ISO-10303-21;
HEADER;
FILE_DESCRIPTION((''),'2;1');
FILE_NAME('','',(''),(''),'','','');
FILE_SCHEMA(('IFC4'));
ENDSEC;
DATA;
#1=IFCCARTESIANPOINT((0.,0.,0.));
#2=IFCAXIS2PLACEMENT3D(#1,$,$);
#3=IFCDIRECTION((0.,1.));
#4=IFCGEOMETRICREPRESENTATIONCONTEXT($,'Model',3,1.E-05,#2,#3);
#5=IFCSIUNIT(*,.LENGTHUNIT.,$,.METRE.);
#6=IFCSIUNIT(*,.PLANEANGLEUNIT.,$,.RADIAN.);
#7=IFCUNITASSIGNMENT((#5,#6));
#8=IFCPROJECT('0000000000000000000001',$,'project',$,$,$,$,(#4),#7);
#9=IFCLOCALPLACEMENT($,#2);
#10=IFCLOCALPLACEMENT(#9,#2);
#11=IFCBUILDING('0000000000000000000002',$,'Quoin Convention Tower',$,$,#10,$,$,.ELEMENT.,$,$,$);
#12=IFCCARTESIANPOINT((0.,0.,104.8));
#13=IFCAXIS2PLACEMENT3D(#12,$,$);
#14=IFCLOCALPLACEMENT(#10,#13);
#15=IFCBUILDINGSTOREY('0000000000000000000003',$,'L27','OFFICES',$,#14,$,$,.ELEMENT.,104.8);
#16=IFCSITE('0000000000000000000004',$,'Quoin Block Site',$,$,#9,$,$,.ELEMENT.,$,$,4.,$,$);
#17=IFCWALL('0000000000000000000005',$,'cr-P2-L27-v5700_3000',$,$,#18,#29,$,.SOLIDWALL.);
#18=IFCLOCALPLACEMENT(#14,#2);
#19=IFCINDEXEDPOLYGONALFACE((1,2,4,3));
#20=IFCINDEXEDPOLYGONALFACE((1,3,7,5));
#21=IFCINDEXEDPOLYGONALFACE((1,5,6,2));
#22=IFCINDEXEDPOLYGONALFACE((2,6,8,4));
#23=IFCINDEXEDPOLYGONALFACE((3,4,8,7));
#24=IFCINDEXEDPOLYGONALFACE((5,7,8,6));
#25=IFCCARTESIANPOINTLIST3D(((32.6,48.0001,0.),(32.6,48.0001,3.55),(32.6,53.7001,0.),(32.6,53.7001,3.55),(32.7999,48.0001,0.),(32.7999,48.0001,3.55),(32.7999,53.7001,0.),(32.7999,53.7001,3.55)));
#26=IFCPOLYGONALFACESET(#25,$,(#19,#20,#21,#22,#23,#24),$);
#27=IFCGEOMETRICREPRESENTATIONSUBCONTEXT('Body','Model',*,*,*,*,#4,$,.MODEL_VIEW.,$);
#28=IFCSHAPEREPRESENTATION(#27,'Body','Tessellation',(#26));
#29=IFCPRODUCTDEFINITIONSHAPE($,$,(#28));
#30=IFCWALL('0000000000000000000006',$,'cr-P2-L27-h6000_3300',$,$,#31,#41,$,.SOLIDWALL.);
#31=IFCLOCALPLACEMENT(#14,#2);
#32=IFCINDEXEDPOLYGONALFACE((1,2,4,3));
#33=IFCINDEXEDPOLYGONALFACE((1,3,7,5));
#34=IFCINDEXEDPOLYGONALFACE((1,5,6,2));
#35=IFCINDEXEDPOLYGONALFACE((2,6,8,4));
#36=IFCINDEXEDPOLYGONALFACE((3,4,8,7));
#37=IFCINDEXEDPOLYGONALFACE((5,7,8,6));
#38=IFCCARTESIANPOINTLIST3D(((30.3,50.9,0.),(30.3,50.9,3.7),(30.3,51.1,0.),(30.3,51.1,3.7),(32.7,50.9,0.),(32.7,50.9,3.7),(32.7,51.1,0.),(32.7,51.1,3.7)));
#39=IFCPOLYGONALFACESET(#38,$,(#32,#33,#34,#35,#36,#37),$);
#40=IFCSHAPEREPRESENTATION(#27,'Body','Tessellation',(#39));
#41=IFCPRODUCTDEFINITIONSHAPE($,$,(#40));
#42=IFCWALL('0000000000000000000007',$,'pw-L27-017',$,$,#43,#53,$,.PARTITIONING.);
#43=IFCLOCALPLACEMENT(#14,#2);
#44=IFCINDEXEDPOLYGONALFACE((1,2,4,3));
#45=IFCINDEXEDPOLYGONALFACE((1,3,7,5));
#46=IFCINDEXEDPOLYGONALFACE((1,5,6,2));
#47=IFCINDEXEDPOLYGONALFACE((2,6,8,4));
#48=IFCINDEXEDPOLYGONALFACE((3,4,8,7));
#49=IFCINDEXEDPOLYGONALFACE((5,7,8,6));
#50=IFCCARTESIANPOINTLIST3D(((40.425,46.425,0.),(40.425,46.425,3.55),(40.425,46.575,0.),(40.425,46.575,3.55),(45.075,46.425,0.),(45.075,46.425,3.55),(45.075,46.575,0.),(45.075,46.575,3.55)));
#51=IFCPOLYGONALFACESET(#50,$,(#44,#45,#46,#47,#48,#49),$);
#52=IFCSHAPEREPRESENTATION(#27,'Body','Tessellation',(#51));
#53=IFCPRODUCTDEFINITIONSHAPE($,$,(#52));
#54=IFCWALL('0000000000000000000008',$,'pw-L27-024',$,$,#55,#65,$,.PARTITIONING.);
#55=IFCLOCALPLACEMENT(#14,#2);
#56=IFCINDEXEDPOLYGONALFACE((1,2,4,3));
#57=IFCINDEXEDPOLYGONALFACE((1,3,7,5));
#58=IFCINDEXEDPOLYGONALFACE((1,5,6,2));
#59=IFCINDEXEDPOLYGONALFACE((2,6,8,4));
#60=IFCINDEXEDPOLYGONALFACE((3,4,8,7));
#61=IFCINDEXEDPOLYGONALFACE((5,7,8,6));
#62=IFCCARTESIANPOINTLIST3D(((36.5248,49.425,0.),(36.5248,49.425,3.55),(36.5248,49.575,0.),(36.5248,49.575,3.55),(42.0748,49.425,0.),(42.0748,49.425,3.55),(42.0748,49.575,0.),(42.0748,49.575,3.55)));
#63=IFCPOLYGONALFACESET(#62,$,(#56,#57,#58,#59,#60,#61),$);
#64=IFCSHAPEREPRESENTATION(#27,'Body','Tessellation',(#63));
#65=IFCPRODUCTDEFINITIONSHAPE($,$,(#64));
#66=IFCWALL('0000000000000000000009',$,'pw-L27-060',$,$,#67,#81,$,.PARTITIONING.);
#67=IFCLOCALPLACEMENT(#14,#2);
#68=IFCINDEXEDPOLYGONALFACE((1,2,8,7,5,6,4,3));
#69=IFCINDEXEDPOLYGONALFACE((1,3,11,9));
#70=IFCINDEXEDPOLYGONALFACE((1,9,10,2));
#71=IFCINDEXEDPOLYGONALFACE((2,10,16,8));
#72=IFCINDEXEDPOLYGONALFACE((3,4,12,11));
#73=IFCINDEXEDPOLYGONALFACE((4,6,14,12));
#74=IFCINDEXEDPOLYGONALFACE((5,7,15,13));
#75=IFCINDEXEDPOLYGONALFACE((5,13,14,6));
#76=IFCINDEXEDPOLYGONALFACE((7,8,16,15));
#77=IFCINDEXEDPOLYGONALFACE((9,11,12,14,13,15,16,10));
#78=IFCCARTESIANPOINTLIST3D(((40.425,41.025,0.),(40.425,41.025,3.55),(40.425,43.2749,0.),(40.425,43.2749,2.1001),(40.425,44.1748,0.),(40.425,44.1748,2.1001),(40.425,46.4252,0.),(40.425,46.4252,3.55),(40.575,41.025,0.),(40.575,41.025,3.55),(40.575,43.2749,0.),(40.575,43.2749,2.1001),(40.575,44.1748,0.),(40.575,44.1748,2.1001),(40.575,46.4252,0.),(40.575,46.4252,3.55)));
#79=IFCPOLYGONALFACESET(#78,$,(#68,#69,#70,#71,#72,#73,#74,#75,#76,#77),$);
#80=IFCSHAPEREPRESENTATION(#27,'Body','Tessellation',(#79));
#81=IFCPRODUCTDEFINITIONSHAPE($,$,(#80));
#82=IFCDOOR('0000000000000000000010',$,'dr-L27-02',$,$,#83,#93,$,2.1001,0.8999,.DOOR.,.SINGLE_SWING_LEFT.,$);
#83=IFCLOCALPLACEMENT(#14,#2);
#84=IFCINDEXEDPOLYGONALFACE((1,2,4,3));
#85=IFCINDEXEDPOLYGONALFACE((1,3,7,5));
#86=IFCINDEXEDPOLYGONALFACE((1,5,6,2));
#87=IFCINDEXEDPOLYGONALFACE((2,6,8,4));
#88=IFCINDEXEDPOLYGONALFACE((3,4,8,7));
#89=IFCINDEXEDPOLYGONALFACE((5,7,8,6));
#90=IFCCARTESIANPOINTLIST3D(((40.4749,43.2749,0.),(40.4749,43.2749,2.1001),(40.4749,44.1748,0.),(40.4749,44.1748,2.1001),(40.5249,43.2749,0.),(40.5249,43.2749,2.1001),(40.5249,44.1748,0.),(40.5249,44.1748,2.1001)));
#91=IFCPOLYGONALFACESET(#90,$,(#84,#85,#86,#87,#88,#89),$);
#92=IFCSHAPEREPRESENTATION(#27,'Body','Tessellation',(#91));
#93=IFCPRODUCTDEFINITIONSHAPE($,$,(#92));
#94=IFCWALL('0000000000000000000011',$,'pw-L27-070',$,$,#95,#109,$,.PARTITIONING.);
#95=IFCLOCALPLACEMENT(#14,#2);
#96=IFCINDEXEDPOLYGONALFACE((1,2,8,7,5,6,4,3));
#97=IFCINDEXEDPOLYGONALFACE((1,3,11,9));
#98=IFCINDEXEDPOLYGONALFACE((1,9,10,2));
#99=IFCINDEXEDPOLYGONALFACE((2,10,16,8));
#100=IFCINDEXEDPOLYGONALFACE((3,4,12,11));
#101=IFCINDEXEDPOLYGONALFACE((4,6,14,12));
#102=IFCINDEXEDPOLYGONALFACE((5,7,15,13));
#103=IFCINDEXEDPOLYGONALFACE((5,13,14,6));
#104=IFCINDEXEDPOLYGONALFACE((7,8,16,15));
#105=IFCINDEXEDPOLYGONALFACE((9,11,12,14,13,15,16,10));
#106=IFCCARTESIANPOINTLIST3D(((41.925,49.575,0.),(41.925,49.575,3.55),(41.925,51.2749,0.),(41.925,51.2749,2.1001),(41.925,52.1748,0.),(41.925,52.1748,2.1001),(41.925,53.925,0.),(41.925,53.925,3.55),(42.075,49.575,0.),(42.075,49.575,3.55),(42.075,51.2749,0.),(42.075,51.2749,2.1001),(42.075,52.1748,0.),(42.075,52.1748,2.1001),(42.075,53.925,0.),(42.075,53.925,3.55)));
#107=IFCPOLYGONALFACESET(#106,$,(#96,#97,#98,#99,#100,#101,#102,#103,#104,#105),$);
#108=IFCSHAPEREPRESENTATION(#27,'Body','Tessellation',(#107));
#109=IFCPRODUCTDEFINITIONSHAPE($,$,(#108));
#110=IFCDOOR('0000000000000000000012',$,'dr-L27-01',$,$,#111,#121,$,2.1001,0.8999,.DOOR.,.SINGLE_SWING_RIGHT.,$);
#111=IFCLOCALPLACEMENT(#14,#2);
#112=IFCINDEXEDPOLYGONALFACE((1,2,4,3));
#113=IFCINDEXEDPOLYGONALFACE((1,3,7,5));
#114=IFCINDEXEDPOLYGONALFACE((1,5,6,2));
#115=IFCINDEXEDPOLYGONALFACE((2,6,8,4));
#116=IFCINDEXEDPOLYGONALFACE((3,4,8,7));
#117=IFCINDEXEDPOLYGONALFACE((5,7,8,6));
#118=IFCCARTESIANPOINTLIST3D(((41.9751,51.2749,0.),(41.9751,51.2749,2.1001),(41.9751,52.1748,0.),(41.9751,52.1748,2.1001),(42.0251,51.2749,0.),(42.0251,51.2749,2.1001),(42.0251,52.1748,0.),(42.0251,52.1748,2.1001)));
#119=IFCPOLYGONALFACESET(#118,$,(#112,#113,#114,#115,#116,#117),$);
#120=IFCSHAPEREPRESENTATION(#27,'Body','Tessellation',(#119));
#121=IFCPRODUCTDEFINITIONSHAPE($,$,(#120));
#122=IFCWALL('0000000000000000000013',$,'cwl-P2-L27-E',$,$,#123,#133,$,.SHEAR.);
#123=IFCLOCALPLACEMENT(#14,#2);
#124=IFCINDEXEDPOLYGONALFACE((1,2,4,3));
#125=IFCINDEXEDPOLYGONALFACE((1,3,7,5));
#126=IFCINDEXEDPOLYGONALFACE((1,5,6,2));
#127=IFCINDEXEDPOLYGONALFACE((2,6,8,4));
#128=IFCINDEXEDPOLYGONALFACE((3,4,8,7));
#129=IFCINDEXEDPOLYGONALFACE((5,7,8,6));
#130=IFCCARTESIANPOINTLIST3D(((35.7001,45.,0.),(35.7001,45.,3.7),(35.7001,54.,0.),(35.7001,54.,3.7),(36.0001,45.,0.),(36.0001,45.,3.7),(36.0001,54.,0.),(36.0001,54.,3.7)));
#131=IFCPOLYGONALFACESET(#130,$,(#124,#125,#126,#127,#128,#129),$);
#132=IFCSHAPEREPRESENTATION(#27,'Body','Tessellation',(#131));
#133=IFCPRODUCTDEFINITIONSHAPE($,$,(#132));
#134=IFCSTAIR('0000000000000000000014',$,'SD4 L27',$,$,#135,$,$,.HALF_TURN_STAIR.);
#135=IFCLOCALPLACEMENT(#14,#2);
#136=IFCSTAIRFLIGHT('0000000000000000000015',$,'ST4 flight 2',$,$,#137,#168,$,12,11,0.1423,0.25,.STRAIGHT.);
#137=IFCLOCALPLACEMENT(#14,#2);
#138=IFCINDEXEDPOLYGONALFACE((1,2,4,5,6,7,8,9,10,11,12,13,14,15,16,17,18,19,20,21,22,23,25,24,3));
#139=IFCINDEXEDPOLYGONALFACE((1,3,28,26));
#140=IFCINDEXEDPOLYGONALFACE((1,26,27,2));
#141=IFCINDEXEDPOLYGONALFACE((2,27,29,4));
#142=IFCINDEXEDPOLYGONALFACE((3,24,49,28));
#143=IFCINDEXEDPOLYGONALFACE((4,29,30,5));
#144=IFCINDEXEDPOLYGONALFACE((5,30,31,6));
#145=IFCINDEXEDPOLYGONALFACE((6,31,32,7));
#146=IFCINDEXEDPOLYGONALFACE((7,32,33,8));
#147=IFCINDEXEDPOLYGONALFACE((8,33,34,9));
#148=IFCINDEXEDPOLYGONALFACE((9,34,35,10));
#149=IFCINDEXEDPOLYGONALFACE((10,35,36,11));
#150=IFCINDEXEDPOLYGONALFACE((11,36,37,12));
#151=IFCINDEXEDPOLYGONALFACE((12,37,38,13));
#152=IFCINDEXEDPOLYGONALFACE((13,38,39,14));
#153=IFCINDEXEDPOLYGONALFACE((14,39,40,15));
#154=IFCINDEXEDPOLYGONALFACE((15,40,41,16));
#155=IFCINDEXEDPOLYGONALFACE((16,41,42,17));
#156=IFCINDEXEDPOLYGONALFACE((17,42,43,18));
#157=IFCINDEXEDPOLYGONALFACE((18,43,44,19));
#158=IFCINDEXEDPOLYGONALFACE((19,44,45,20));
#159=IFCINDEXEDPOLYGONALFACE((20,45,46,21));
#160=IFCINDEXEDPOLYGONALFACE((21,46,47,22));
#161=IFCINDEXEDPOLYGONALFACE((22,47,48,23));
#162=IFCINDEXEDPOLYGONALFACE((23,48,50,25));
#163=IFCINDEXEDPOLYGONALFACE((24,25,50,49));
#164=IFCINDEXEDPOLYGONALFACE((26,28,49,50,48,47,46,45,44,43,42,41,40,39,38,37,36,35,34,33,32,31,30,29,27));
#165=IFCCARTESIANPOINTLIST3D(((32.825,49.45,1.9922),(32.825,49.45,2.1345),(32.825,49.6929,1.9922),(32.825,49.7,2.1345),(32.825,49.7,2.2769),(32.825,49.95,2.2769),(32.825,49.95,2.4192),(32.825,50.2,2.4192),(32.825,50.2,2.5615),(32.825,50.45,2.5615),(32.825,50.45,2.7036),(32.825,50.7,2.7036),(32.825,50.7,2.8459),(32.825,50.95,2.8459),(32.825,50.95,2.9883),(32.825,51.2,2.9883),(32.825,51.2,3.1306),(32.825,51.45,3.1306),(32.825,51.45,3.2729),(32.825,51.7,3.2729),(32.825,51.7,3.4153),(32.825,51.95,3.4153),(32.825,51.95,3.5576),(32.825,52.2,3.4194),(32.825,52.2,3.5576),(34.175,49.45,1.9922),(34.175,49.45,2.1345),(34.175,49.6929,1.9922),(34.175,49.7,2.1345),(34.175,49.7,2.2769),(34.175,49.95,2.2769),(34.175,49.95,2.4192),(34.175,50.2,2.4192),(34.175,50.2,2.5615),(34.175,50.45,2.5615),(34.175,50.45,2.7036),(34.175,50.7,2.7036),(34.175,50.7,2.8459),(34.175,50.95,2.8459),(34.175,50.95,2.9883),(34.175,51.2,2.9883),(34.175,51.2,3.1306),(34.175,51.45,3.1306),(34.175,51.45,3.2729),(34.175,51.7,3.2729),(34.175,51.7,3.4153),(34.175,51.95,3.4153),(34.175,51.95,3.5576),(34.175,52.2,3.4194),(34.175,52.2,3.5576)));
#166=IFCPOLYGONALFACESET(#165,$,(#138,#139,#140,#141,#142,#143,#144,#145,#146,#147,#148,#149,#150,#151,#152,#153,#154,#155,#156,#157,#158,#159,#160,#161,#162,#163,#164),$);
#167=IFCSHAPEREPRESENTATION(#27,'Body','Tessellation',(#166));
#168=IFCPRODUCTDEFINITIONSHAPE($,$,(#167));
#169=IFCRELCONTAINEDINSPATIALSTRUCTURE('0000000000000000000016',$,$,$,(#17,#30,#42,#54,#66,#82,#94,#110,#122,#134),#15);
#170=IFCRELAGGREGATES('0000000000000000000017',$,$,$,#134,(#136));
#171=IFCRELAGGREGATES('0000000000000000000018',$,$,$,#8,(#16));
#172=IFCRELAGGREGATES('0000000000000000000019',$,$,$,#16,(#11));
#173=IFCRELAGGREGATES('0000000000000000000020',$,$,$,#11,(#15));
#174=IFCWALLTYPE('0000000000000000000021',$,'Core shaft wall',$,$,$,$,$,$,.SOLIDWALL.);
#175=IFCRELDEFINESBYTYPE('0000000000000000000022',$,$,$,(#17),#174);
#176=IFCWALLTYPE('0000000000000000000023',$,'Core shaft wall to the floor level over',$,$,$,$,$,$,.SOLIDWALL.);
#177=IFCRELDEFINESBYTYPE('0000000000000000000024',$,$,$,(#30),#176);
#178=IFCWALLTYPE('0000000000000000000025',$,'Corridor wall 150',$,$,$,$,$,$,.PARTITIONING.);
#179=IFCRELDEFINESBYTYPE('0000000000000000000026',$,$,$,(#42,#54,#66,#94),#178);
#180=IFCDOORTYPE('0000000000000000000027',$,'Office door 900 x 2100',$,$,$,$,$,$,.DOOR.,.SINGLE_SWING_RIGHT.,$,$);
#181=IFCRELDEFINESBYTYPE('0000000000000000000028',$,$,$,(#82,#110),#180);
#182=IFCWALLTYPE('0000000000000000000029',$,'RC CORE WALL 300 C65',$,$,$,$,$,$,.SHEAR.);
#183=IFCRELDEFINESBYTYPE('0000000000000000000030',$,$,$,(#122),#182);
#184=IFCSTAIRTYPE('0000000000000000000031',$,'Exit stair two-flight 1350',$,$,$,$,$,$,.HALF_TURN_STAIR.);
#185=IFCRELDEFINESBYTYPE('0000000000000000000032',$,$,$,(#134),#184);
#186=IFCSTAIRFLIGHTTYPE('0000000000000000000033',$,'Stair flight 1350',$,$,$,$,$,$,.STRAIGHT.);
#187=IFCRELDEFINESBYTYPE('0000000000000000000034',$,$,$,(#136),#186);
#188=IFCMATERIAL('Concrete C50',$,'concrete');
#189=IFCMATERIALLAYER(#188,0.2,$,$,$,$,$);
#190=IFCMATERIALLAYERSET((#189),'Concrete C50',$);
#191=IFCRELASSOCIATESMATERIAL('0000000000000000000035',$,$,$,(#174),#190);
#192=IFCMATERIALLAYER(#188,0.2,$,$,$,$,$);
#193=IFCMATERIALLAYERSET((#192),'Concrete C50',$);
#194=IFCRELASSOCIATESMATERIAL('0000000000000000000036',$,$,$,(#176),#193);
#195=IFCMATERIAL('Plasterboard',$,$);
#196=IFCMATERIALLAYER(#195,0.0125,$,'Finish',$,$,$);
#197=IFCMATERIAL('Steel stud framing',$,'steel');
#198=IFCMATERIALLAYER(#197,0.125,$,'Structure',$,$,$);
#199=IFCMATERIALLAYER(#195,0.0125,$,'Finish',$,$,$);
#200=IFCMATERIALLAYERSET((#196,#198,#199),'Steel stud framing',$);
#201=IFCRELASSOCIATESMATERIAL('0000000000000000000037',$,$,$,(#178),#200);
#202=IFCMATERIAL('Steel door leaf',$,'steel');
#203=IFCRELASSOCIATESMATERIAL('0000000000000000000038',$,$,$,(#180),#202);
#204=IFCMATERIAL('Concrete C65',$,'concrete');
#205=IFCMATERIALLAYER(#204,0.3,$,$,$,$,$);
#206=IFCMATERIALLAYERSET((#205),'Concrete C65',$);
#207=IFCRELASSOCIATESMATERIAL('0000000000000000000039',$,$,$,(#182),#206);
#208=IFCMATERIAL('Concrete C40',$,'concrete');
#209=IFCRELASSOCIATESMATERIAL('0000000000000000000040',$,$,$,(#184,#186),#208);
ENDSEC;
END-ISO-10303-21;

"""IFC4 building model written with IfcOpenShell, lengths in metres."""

from ifc_helpers import new_model, si_unit, direction, frame, frame_2d, origin, place, context, subcontext, project, spatial, polyline, rectangle, outline, extrude, material, layer, layer_set, type_object, element, fill, aggregate, save


model = new_model("IFC4")

# Units and contexts
model_context = context("Model", 3, precision=1e-05, world=origin(), true_north=direction((0.0, 1.0)))
body_context = subcontext(model_context, "Body", "Model", "MODEL_VIEW")
ifc_project = project(units=[si_unit("LENGTHUNIT", "METRE"), si_unit("PLANEANGLEUNIT", "RADIAN")], contexts=[model_context])

# Site, building, storey
site_placement = place(None, origin())
site = spatial("IfcSite", under=ifc_project, at=site_placement, Name="Quoin Block Site", CompositionType="ELEMENT", RefElevation=4.0)
building_placement = place(site_placement, origin())
building = spatial("IfcBuilding", under=site, at=building_placement, Name="Quoin Convention Tower", CompositionType="ELEMENT")
storey_placement = place(building_placement, frame((0.0, 0.0, 104.8)))
storey = spatial("IfcBuildingStorey", under=building, at=storey_placement, Name="L27", Description="OFFICES", CompositionType="ELEMENT", Elevation=104.8)

# Shared definitions
ifc_material_1 = material(Name="Concrete C65", Category="concrete")

# Walls
ifc_material_2 = material(Name="Concrete C50", Category="concrete")
ifc_layer_1 = layer(ifc_material_2, 0.2)
ifc_layer_set_1 = layer_set([ifc_layer_1], Name="Concrete C50")
wall_type_1 = type_object("IfcWallType", Name="Core shaft wall", PredefinedType="SOLIDWALL", material=ifc_layer_set_1)
wall_1_placement = place(storey_placement, frame((32.7, 48.0, 0.0), z_axis=(0.0, 0.0, 1.0), x_axis=(0.0, 1.0, 0.0)))
element("IfcWall", 1, at=wall_1_placement, inside=storey, type_object=wall_type_1, Name="cr-P2-L27-v5700_3000", PredefinedType="SOLIDWALL", context=body_context, shape_type="SweptSolid", body=[
    extrude(rectangle(XDim=5.7, YDim=0.2, at=frame_2d((2.8501, 0.0))), origin(), (0.0, 0.0, 1.0), 3.55),
])
ifc_layer_2 = layer(ifc_material_2, 0.2)
ifc_layer_set_2 = layer_set([ifc_layer_2], Name="Concrete C50")
wall_type_2 = type_object("IfcWallType", Name="Core shaft wall to the floor level over", PredefinedType="SOLIDWALL", material=ifc_layer_set_2)
wall_2_placement = place(storey_placement, frame((30.3, 51.0, 0.0), z_axis=(0.0, 0.0, 1.0), x_axis=(1.0, 0.0, 0.0)))
element("IfcWall", 2, at=wall_2_placement, inside=storey, type_object=wall_type_2, Name="cr-P2-L27-h6000_3300", PredefinedType="SOLIDWALL", context=body_context, shape_type="SweptSolid", body=[
    extrude(rectangle(XDim=2.3999, YDim=0.2, at=frame_2d((1.2, 0.0))), origin(), (0.0, 0.0, 1.0), 3.7),
])
ifc_material_3 = material(Name="Plasterboard")
ifc_layer_3 = layer(ifc_material_3, 0.0125, Name="Finish")
ifc_material_4 = material(Name="Steel stud framing", Category="steel")
ifc_layer_4 = layer(ifc_material_4, 0.125, Name="Structure")
ifc_layer_5 = layer(ifc_material_3, 0.0125, Name="Finish")
ifc_layer_set_3 = layer_set([ifc_layer_3, ifc_layer_4, ifc_layer_5], Name="Steel stud framing")
wall_type_3 = type_object("IfcWallType", Name="Corridor wall 150", PredefinedType="PARTITIONING", material=ifc_layer_set_3)
wall_3_placement = place(storey_placement, frame((40.425, 46.5, 0.0), z_axis=(0.0, 0.0, 1.0), x_axis=(1.0, 0.0, 0.0)))
element("IfcWall", 3, at=wall_3_placement, inside=storey, type_object=wall_type_3, Name="pw-L27-017", PredefinedType="PARTITIONING", context=body_context, shape_type="SweptSolid", body=[
    extrude(rectangle(XDim=4.6499, YDim=0.1499, at=frame_2d((2.325, 0.0))), origin(), (0.0, 0.0, 1.0), 3.55),
])
wall_4_placement = place(storey_placement, frame((36.5249, 49.5, 0.0), z_axis=(0.0, 0.0, 1.0), x_axis=(1.0, 0.0, 0.0)))
element("IfcWall", 4, at=wall_4_placement, inside=storey, type_object=wall_type_3, Name="pw-L27-024", PredefinedType="PARTITIONING", context=body_context, shape_type="SweptSolid", body=[
    extrude(rectangle(XDim=5.55, YDim=0.1499, at=frame_2d((2.7749, 0.0))), origin(), (0.0, 0.0, 1.0), 3.55),
])

# Walls, openings, doors
wall_5_placement = place(storey_placement, frame((40.5, 41.0249, 0.0), z_axis=(0.0, 0.0, 1.0), x_axis=(0.0, 1.0, 0.0)))
wall_5 = element("IfcWall", 5, at=wall_5_placement, inside=storey, type_object=wall_type_3, Name="pw-L27-060", PredefinedType="PARTITIONING", context=body_context, shape_type="SweptSolid", body=[
    extrude(rectangle(XDim=5.4001, YDim=0.1499, at=frame_2d((2.7002, 0.0))), origin(), (0.0, 0.0, 1.0), 3.55),
])
opening_1_placement = place(wall_5_placement, frame((2.25, 0.0, 0.0)))
opening_1 = element("IfcOpeningElement", 6, at=opening_1_placement, cuts=wall_5, PredefinedType="OPENING", context=body_context, shape_type="SweptSolid", body=[
    extrude(rectangle(XDim=0.8999, YDim=2.1001, at=frame_2d((0.45, 1.05))), frame((0.0, 0.085, 0.0), z_axis=(0.0, -1.0, 0.0), x_axis=(1.0, 0.0, 0.0)), (0.0, 0.0, 1.0), 0.1699),
])
ifc_material_5 = material(Name="Steel door leaf", Category="steel")
door_type = type_object("IfcDoorType", Name="Office door 900 x 2100", OperationType="SINGLE_SWING_RIGHT", PredefinedType="DOOR", material=ifc_material_5)
door_1_placement = place(opening_1_placement, frame((0.8999, 0.0, 0.0), z_axis=(0.0, 0.0, 1.0), x_axis=(-1.0, 0.0, 0.0)))
door_1 = element("IfcDoor", 7, at=door_1_placement, inside=storey, type_object=door_type, Name="dr-L27-02", OperationType="SINGLE_SWING_LEFT", OverallHeight=2.1001, OverallWidth=0.8999, PredefinedType="DOOR", context=body_context, shape_type="SweptSolid", body=[
    extrude(rectangle(XDim=0.8999, YDim=2.1001, at=frame_2d((0.45, 1.05))), frame((0.0, 0.0249, 0.0), z_axis=(0.0, -1.0, 0.0), x_axis=(1.0, 0.0, 0.0)), (0.0, 0.0, 1.0), 0.05),
])
fill(opening_1, door_1)
wall_6_placement = place(storey_placement, frame((42.0, 49.575, 0.0), z_axis=(0.0, 0.0, 1.0), x_axis=(0.0, 1.0, 0.0)))
wall_6 = element("IfcWall", 8, at=wall_6_placement, inside=storey, type_object=wall_type_3, Name="pw-L27-070", PredefinedType="PARTITIONING", context=body_context, shape_type="SweptSolid", body=[
    extrude(rectangle(XDim=4.3501, YDim=0.1499, at=frame_2d((2.175, 0.0))), origin(), (0.0, 0.0, 1.0), 3.55),
])
opening_2_placement = place(wall_6_placement, frame((1.7, 0.0, 0.0)))
opening_2 = element("IfcOpeningElement", 9, at=opening_2_placement, cuts=wall_6, PredefinedType="OPENING", context=body_context, shape_type="SweptSolid", body=[
    extrude(rectangle(XDim=0.8999, YDim=2.1001, at=frame_2d((0.45, 1.05))), frame((0.0, 0.085, 0.0), z_axis=(0.0, -1.0, 0.0), x_axis=(1.0, 0.0, 0.0)), (0.0, 0.0, 1.0), 0.1699),
])
door_2_placement = place(opening_2_placement, origin())
door_2 = element("IfcDoor", 10, at=door_2_placement, inside=storey, type_object=door_type, Name="dr-L27-01", OperationType="SINGLE_SWING_RIGHT", OverallHeight=2.1001, OverallWidth=0.8999, PredefinedType="DOOR", context=body_context, shape_type="SweptSolid", body=[
    extrude(rectangle(XDim=0.8999, YDim=2.1001, at=frame_2d((0.45, 1.05))), frame((0.0, 0.0249, 0.0), z_axis=(0.0, -1.0, 0.0), x_axis=(1.0, 0.0, 0.0)), (0.0, 0.0, 1.0), 0.05),
])
fill(opening_2, door_2)

# Wall
ifc_layer_6 = layer(ifc_material_1, 0.3)
ifc_layer_set_4 = layer_set([ifc_layer_6], Name="Concrete C65")
wall_type_4 = type_object("IfcWallType", Name="RC CORE WALL 300 C65", PredefinedType="SHEAR", material=ifc_layer_set_4)
wall_7_placement = place(storey_placement, frame((35.8501, 45.0, 0.0), z_axis=(0.0, 0.0, 1.0), x_axis=(0.0, 1.0, 0.0)))
element("IfcWall", 11, at=wall_7_placement, inside=storey, type_object=wall_type_4, Name="cwl-P2-L27-E", PredefinedType="SHEAR", context=body_context, shape_type="SweptSolid", body=[
    extrude(rectangle(XDim=9.0, YDim=0.3, at=frame_2d((4.5, 0.0))), origin(), (0.0, 0.0, 1.0), 3.7),
])

# Stair, stair flight
ifc_material_6 = material(Name="Concrete C40", Category="concrete")
stair_type = type_object("IfcStairType", Name="Exit stair two-flight 1350", PredefinedType="HALF_TURN_STAIR", material=ifc_material_6)
stair_placement = place(storey_placement, origin())
stair = element("IfcStair", 12, at=stair_placement, inside=storey, type_object=stair_type, Name="SD4 L27", PredefinedType="HALF_TURN_STAIR")
stair_flight_type = type_object("IfcStairFlightType", Name="Stair flight 1350", PredefinedType="STRAIGHT", material=ifc_material_6)
stair_flight_placement = place(storey_placement, frame((33.5, 49.45, 1.9922), z_axis=(0.0, 0.0, 1.0), x_axis=(0.0, 1.0, 0.0)))
stair_flight = element("IfcStairFlight", 13, at=stair_flight_placement, type_object=stair_flight_type, Name="ST4 flight 2", NumberOfRisers=12, NumberOfTreads=11, PredefinedType="STRAIGHT", RiserHeight=0.1423, TreadLength=0.25, context=body_context, shape_type="SweptSolid", body=[
    extrude(outline(polyline([(0.0, 0.0), (0.0, 0.1423), (0.25, 0.1423), (0.25, 0.2847), (0.5, 0.2847), (0.5, 0.427), (0.75, 0.427), (0.75, 0.5693), (1.0, 0.5693), (1.0, 0.7114), (1.25, 0.7114), (1.25, 0.8538), (1.5, 0.8538), (1.5, 0.9961), (1.75, 0.9961), (1.75, 1.1384), (2.0, 1.1384), (2.0, 1.2808), (2.25, 1.2808), (2.25, 1.4231), (2.5, 1.4231), (2.5, 1.5654), (2.75, 1.5654), (2.75, 1.7078), (2.75, 1.4272), (0.2429, 0.0), (0.0, 0.0)])), frame((0.0, 0.675, 0.0), z_axis=(0.0, -1.0, 0.0), x_axis=(1.0, 0.0, 0.0)), (0.0, 0.0, 1.0), 1.3501),
])
aggregate(stair, [stair_flight])

save(model, "model.ifc")
